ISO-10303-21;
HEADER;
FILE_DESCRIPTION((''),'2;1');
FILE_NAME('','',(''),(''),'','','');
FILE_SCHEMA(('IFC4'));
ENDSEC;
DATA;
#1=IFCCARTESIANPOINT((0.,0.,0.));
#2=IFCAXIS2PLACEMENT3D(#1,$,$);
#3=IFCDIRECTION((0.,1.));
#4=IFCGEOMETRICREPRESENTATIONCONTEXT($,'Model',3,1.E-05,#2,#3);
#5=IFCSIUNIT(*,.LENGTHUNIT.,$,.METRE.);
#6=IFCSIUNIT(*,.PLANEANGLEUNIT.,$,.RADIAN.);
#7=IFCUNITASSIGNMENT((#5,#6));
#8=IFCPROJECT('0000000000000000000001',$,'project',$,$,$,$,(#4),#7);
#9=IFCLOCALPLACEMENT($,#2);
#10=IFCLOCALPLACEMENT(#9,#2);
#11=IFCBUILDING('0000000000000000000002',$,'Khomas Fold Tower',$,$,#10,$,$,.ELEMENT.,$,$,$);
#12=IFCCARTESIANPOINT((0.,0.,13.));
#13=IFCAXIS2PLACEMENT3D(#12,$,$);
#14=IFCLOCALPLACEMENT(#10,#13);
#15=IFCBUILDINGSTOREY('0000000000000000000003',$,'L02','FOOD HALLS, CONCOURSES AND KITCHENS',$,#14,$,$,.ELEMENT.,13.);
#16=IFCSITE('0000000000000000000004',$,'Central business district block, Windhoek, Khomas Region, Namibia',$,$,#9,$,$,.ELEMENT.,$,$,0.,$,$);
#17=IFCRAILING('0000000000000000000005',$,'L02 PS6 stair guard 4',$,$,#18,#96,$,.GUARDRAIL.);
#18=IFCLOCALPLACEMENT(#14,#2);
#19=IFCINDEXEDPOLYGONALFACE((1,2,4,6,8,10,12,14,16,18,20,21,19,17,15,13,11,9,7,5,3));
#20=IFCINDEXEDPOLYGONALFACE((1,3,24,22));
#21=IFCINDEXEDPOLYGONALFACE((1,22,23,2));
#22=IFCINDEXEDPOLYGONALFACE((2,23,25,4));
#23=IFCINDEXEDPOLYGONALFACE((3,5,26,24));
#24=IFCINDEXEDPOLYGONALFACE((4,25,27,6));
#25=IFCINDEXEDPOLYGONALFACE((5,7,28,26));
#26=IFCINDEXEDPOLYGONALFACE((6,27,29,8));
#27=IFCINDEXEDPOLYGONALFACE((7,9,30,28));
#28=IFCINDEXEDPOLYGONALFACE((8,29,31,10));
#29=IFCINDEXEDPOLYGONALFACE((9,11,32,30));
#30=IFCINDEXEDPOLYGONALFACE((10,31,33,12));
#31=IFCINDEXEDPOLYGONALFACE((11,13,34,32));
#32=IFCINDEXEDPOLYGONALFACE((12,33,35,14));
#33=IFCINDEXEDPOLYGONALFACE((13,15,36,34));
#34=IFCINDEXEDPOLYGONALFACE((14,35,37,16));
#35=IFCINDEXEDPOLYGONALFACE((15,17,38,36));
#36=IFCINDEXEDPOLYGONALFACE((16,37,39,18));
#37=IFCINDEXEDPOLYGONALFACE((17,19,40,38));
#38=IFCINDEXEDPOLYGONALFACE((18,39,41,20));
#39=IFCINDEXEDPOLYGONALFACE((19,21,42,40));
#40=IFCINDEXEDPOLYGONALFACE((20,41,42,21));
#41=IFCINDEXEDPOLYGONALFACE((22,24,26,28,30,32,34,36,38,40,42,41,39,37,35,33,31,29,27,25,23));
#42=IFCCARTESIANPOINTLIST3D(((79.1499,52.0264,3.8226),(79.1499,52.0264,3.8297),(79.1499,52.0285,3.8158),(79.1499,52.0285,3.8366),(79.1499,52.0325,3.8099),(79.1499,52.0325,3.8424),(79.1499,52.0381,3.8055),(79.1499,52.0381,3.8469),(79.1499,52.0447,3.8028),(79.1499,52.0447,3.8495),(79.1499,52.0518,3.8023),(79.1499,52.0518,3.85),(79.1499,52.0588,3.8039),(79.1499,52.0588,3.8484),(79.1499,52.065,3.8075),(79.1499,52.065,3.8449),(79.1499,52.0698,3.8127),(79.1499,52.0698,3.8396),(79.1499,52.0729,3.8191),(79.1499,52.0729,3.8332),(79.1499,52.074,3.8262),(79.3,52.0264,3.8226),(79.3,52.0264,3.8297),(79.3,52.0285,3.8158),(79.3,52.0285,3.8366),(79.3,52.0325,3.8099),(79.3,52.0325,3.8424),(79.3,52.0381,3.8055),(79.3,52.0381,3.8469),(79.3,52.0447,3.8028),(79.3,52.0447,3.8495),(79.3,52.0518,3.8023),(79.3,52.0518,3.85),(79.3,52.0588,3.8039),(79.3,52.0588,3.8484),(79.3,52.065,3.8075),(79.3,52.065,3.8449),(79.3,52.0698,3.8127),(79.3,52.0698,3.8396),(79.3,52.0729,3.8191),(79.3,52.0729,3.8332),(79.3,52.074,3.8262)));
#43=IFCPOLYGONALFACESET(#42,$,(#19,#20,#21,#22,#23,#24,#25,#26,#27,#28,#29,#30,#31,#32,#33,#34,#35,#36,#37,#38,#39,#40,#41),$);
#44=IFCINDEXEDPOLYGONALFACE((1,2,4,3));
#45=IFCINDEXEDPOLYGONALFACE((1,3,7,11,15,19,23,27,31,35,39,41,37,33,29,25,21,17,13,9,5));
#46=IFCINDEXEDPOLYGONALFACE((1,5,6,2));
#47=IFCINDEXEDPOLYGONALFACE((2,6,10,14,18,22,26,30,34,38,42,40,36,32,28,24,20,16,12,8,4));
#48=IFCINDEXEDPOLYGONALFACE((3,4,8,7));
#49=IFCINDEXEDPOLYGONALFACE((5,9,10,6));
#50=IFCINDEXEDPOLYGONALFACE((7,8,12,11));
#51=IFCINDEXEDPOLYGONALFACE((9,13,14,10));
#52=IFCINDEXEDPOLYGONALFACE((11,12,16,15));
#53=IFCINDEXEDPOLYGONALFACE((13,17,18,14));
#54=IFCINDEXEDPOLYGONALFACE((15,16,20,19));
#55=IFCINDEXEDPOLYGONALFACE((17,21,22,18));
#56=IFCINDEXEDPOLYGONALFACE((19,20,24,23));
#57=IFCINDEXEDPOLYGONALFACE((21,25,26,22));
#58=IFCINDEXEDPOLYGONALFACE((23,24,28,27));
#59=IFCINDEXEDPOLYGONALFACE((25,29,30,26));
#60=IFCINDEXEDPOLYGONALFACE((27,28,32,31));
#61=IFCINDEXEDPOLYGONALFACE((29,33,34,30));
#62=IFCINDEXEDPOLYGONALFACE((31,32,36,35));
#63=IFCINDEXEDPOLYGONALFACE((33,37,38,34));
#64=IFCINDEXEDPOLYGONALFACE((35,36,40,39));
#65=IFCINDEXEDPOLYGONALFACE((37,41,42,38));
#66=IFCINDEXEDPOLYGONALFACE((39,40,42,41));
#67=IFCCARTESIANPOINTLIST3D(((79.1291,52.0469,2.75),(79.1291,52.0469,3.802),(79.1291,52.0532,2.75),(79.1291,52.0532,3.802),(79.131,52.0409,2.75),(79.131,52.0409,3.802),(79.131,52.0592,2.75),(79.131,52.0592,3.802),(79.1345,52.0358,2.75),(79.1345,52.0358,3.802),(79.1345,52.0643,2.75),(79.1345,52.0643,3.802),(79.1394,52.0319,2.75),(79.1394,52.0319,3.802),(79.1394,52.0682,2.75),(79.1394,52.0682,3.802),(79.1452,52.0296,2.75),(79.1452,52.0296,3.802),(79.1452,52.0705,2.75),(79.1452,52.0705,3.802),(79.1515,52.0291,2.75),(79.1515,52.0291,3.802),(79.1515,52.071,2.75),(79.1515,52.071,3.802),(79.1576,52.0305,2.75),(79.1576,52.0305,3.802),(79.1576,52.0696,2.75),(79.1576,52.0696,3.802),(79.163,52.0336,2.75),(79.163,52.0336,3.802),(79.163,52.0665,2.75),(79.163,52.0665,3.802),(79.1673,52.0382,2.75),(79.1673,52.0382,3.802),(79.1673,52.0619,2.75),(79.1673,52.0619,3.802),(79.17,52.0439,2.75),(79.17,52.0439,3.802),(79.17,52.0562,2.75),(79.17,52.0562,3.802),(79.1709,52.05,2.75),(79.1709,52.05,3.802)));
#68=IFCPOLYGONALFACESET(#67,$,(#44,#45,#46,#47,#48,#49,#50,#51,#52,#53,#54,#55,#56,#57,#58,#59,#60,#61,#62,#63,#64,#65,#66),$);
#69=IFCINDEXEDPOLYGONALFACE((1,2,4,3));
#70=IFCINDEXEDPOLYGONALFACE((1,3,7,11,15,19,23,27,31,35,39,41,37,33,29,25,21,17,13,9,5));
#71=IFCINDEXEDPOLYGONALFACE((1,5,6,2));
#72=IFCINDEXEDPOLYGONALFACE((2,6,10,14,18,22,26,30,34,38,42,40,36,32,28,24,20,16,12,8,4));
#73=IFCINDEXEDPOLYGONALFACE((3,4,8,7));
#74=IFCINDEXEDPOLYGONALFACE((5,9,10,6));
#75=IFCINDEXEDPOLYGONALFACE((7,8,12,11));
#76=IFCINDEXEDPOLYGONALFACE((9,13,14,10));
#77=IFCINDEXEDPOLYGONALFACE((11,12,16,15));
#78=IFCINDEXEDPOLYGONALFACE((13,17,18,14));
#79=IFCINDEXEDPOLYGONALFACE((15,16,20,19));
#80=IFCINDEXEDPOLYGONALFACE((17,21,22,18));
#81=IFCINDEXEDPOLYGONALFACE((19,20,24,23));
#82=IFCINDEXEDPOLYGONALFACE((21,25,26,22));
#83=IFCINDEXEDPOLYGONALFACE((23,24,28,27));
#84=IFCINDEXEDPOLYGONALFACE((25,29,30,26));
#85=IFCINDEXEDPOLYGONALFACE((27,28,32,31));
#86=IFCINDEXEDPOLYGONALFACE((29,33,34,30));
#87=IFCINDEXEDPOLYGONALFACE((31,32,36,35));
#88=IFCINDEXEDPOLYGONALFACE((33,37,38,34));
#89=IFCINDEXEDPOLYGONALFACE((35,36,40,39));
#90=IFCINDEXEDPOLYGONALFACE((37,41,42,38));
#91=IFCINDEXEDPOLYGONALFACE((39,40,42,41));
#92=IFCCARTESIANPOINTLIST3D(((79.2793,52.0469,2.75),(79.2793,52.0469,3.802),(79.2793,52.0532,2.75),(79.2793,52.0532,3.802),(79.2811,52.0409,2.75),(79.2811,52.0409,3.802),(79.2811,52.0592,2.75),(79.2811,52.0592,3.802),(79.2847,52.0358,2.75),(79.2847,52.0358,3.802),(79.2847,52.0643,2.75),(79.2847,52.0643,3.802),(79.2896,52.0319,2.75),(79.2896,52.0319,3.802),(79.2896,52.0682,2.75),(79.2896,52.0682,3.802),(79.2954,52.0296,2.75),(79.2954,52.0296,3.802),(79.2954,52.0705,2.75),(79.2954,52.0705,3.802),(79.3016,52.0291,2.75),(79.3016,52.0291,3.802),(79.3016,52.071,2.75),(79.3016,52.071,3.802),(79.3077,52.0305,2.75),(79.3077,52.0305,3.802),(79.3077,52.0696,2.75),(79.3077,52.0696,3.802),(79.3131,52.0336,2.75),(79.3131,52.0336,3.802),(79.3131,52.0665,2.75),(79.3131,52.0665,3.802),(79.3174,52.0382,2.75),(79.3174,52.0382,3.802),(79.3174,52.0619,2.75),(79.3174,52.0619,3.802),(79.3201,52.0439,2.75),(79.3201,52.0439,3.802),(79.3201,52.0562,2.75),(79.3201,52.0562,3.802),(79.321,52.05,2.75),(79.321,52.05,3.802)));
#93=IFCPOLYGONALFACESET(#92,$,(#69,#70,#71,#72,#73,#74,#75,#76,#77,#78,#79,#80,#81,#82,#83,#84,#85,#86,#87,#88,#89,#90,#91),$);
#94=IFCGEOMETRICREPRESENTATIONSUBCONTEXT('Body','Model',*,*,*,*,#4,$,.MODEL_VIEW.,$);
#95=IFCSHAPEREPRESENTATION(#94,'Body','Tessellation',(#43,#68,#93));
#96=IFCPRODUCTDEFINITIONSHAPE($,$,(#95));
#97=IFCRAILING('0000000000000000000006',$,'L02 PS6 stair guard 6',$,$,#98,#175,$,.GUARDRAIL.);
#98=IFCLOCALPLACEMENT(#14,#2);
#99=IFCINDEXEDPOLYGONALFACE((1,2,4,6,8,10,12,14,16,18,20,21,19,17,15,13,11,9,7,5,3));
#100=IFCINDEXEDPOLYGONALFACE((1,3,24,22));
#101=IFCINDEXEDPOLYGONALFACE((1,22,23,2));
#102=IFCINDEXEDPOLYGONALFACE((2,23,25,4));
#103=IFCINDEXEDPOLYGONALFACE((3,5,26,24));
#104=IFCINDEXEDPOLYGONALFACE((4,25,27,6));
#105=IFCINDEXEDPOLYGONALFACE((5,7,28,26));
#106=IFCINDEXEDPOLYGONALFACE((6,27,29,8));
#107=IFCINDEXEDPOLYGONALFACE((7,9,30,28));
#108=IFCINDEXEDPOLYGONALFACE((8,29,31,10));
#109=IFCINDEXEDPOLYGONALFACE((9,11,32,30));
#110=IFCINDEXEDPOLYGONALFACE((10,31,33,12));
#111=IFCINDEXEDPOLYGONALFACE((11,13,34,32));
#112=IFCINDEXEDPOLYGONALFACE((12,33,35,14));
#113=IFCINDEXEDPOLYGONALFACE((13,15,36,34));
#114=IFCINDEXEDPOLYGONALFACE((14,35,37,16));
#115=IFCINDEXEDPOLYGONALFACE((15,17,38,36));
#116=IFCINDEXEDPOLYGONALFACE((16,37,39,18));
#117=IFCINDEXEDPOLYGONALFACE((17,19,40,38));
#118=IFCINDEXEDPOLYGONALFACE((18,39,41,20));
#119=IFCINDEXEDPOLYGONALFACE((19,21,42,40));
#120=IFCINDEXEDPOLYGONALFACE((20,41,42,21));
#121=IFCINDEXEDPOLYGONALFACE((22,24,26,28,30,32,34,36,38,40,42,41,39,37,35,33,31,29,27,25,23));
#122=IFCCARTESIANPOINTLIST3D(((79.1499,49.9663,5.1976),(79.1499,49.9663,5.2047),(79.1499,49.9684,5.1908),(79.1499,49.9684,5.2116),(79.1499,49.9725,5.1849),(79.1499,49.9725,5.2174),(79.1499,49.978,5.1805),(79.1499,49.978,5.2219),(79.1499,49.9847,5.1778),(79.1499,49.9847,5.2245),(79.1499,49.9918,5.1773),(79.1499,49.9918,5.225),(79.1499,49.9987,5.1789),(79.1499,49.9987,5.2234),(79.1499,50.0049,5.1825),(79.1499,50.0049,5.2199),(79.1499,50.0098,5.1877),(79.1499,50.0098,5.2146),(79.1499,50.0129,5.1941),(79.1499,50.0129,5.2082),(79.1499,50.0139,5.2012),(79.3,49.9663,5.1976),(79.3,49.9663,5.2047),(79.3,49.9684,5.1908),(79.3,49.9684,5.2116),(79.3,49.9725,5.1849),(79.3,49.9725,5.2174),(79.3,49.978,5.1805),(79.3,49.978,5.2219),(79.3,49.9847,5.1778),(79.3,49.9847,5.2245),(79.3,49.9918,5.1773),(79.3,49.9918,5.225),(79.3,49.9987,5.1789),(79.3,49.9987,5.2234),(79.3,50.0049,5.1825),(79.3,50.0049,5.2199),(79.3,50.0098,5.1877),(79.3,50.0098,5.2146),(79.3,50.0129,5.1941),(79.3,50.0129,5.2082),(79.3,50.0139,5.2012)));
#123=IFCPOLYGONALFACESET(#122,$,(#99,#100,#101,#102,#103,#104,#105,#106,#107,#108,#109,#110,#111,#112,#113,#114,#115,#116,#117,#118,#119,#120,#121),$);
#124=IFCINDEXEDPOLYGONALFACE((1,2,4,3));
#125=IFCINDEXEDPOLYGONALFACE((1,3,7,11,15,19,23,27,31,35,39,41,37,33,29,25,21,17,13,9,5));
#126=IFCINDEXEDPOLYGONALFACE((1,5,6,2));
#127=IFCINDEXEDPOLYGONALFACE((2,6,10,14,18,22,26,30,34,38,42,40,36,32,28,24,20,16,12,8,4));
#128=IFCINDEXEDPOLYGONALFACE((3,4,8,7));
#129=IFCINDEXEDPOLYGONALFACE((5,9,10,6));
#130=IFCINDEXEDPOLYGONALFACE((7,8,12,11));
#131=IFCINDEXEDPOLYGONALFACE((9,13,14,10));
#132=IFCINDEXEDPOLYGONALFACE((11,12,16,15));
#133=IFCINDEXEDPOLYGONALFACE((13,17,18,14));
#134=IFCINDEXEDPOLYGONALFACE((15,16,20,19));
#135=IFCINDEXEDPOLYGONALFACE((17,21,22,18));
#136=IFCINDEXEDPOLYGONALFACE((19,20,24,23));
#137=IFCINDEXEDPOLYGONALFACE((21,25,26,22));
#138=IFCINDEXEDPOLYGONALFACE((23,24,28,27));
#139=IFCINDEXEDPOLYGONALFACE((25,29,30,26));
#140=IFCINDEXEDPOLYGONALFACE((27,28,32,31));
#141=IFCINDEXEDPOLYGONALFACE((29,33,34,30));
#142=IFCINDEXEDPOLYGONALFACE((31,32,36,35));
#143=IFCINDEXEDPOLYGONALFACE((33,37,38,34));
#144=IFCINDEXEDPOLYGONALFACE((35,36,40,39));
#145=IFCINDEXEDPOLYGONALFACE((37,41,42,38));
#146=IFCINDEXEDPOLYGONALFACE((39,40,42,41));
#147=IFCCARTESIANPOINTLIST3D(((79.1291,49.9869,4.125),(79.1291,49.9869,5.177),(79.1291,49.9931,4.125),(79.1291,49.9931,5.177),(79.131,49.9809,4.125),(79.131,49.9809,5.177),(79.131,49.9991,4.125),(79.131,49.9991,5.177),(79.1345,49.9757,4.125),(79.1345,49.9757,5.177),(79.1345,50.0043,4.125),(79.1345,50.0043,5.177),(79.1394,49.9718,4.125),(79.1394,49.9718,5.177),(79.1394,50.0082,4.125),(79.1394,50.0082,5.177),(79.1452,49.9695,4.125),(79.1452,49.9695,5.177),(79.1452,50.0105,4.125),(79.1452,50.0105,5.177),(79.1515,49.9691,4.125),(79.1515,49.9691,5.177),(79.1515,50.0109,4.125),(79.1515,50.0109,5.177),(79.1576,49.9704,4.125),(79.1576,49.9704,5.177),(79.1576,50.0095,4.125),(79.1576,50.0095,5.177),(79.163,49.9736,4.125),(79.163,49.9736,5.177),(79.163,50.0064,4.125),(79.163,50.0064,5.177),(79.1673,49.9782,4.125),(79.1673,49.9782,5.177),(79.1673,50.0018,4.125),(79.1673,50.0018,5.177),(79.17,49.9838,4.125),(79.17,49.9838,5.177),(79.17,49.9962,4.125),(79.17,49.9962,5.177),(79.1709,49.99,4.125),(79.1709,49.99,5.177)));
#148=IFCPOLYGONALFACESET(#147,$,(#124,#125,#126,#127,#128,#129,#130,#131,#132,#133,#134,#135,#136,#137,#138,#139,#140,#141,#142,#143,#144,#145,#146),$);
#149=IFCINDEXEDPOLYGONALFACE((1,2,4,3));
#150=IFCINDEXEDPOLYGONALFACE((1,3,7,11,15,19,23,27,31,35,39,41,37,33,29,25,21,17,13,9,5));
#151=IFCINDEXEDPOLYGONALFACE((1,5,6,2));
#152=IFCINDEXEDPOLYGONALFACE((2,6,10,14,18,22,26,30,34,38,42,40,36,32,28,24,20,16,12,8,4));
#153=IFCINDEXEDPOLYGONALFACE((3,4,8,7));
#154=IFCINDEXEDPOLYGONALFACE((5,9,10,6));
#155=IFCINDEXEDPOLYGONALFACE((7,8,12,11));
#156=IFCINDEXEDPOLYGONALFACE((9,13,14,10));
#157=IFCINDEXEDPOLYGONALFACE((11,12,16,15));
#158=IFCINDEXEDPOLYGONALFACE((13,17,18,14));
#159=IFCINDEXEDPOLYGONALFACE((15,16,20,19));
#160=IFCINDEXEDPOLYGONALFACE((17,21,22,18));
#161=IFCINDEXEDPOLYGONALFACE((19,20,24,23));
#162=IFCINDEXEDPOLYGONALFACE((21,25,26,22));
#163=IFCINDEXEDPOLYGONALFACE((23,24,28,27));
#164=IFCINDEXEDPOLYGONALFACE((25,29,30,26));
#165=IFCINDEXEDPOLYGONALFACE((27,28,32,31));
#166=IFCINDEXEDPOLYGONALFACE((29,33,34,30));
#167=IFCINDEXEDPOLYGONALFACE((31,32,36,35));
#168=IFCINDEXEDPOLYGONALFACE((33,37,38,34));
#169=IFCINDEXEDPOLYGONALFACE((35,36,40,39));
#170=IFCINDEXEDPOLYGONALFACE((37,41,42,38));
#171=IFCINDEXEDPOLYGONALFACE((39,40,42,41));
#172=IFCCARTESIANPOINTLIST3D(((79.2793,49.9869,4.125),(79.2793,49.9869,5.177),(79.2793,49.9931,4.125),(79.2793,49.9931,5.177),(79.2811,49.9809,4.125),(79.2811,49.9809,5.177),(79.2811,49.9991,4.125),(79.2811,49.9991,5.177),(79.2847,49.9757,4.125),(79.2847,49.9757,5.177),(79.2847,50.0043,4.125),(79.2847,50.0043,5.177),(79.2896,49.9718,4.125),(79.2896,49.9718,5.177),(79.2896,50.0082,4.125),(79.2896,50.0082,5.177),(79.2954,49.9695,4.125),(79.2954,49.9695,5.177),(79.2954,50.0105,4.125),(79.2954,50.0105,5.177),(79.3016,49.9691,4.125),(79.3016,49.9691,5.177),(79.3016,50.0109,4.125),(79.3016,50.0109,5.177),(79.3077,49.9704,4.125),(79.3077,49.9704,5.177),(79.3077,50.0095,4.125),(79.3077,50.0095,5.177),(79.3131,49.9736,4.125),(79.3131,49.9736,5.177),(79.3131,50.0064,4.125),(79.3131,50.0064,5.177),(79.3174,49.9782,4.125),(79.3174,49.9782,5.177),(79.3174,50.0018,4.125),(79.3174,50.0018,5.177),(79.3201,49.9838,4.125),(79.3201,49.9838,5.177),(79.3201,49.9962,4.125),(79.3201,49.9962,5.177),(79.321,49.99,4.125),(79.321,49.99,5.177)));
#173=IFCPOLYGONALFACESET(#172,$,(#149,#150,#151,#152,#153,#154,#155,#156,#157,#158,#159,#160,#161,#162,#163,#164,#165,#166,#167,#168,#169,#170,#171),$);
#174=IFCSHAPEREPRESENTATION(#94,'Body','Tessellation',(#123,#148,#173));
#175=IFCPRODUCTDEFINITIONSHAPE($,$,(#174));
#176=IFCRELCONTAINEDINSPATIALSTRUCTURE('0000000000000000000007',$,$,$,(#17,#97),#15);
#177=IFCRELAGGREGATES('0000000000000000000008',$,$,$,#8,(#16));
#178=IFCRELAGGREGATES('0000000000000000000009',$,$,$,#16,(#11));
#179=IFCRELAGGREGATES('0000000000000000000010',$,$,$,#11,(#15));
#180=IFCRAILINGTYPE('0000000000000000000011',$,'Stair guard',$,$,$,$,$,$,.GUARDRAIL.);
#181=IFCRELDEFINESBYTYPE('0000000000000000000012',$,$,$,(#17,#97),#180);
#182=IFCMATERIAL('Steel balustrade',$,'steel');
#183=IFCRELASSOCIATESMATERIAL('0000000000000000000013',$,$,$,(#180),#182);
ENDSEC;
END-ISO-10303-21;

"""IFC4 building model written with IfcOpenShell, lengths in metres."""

from ifc_helpers import new_model, si_unit, direction, frame, origin, origin_2d, place, context, subcontext, project, spatial, circle, extrude, source, transform, mapped, material, type_object, element, save


model = new_model("IFC4")

# Units and contexts
model_context = context("Model", 3, precision=1e-05, world=origin(), true_north=direction((0.0, 1.0)))
body_context = subcontext(model_context, "Body", "Model", "MODEL_VIEW")
ifc_project = project(units=[si_unit("LENGTHUNIT", "METRE"), si_unit("PLANEANGLEUNIT", "RADIAN")], contexts=[model_context])

# Site, building, storey
site_placement = place(None, origin())
site = spatial("IfcSite", under=ifc_project, at=site_placement, Name="Central business district block, Windhoek, Khomas Region, Namibia", CompositionType="ELEMENT", RefElevation=0.0)
building_placement = place(site_placement, origin())
building = spatial("IfcBuilding", under=site, at=building_placement, Name="Khomas Fold Tower", CompositionType="ELEMENT")
storey_placement = place(building_placement, frame((0.0, 0.0, 13.0)))
storey = spatial("IfcBuildingStorey", under=building, at=storey_placement, Name="L02", Description="FOOD HALLS, CONCOURSES AND KITCHENS", CompositionType="ELEMENT", Elevation=13.0)

# Railings
ifc_material_1 = material(Name="Steel balustrade", Category="steel")
railing_type_1 = type_object("IfcRailingType", Name="Stair guard", PredefinedType="GUARDRAIL", material=ifc_material_1)
shared_shape_1 = source(origin(), body_context, "Body", "SweptSolid", [
    extrude(circle(Radius=0.0239, at=origin_2d()), frame((0.0, 0.0, 1.0762), z_axis=(1.0, 0.0, 0.0), x_axis=(0.0, 1.0, 0.0)), (0.0, 0.0, 1.0), 0.1501),
    extrude(circle(Radius=0.021, at=origin_2d()), origin(), (0.0, 0.0, 1.0), 1.052),
    extrude(circle(Radius=0.021, at=origin_2d()), frame((0.1501, 0.0, 0.0)), (0.0, 0.0, 1.0), 1.052),
])
for number, where, name in (
    (1, (79.1499, 52.05, 2.75), "L02 PS6 stair guard 4"),
    (2, (79.1499, 49.99, 4.125), "L02 PS6 stair guard 6"),
):
    element("IfcRailing", number, at=place(storey_placement, frame(where)), inside=storey, type_object=railing_type_1, Name=name, PredefinedType="GUARDRAIL", context=body_context, shape_type="MappedRepresentation", body=[
        mapped(shared_shape_1, transform((0.0, 0.0, 0.0))),
    ])

save(model, "model.ifc")
